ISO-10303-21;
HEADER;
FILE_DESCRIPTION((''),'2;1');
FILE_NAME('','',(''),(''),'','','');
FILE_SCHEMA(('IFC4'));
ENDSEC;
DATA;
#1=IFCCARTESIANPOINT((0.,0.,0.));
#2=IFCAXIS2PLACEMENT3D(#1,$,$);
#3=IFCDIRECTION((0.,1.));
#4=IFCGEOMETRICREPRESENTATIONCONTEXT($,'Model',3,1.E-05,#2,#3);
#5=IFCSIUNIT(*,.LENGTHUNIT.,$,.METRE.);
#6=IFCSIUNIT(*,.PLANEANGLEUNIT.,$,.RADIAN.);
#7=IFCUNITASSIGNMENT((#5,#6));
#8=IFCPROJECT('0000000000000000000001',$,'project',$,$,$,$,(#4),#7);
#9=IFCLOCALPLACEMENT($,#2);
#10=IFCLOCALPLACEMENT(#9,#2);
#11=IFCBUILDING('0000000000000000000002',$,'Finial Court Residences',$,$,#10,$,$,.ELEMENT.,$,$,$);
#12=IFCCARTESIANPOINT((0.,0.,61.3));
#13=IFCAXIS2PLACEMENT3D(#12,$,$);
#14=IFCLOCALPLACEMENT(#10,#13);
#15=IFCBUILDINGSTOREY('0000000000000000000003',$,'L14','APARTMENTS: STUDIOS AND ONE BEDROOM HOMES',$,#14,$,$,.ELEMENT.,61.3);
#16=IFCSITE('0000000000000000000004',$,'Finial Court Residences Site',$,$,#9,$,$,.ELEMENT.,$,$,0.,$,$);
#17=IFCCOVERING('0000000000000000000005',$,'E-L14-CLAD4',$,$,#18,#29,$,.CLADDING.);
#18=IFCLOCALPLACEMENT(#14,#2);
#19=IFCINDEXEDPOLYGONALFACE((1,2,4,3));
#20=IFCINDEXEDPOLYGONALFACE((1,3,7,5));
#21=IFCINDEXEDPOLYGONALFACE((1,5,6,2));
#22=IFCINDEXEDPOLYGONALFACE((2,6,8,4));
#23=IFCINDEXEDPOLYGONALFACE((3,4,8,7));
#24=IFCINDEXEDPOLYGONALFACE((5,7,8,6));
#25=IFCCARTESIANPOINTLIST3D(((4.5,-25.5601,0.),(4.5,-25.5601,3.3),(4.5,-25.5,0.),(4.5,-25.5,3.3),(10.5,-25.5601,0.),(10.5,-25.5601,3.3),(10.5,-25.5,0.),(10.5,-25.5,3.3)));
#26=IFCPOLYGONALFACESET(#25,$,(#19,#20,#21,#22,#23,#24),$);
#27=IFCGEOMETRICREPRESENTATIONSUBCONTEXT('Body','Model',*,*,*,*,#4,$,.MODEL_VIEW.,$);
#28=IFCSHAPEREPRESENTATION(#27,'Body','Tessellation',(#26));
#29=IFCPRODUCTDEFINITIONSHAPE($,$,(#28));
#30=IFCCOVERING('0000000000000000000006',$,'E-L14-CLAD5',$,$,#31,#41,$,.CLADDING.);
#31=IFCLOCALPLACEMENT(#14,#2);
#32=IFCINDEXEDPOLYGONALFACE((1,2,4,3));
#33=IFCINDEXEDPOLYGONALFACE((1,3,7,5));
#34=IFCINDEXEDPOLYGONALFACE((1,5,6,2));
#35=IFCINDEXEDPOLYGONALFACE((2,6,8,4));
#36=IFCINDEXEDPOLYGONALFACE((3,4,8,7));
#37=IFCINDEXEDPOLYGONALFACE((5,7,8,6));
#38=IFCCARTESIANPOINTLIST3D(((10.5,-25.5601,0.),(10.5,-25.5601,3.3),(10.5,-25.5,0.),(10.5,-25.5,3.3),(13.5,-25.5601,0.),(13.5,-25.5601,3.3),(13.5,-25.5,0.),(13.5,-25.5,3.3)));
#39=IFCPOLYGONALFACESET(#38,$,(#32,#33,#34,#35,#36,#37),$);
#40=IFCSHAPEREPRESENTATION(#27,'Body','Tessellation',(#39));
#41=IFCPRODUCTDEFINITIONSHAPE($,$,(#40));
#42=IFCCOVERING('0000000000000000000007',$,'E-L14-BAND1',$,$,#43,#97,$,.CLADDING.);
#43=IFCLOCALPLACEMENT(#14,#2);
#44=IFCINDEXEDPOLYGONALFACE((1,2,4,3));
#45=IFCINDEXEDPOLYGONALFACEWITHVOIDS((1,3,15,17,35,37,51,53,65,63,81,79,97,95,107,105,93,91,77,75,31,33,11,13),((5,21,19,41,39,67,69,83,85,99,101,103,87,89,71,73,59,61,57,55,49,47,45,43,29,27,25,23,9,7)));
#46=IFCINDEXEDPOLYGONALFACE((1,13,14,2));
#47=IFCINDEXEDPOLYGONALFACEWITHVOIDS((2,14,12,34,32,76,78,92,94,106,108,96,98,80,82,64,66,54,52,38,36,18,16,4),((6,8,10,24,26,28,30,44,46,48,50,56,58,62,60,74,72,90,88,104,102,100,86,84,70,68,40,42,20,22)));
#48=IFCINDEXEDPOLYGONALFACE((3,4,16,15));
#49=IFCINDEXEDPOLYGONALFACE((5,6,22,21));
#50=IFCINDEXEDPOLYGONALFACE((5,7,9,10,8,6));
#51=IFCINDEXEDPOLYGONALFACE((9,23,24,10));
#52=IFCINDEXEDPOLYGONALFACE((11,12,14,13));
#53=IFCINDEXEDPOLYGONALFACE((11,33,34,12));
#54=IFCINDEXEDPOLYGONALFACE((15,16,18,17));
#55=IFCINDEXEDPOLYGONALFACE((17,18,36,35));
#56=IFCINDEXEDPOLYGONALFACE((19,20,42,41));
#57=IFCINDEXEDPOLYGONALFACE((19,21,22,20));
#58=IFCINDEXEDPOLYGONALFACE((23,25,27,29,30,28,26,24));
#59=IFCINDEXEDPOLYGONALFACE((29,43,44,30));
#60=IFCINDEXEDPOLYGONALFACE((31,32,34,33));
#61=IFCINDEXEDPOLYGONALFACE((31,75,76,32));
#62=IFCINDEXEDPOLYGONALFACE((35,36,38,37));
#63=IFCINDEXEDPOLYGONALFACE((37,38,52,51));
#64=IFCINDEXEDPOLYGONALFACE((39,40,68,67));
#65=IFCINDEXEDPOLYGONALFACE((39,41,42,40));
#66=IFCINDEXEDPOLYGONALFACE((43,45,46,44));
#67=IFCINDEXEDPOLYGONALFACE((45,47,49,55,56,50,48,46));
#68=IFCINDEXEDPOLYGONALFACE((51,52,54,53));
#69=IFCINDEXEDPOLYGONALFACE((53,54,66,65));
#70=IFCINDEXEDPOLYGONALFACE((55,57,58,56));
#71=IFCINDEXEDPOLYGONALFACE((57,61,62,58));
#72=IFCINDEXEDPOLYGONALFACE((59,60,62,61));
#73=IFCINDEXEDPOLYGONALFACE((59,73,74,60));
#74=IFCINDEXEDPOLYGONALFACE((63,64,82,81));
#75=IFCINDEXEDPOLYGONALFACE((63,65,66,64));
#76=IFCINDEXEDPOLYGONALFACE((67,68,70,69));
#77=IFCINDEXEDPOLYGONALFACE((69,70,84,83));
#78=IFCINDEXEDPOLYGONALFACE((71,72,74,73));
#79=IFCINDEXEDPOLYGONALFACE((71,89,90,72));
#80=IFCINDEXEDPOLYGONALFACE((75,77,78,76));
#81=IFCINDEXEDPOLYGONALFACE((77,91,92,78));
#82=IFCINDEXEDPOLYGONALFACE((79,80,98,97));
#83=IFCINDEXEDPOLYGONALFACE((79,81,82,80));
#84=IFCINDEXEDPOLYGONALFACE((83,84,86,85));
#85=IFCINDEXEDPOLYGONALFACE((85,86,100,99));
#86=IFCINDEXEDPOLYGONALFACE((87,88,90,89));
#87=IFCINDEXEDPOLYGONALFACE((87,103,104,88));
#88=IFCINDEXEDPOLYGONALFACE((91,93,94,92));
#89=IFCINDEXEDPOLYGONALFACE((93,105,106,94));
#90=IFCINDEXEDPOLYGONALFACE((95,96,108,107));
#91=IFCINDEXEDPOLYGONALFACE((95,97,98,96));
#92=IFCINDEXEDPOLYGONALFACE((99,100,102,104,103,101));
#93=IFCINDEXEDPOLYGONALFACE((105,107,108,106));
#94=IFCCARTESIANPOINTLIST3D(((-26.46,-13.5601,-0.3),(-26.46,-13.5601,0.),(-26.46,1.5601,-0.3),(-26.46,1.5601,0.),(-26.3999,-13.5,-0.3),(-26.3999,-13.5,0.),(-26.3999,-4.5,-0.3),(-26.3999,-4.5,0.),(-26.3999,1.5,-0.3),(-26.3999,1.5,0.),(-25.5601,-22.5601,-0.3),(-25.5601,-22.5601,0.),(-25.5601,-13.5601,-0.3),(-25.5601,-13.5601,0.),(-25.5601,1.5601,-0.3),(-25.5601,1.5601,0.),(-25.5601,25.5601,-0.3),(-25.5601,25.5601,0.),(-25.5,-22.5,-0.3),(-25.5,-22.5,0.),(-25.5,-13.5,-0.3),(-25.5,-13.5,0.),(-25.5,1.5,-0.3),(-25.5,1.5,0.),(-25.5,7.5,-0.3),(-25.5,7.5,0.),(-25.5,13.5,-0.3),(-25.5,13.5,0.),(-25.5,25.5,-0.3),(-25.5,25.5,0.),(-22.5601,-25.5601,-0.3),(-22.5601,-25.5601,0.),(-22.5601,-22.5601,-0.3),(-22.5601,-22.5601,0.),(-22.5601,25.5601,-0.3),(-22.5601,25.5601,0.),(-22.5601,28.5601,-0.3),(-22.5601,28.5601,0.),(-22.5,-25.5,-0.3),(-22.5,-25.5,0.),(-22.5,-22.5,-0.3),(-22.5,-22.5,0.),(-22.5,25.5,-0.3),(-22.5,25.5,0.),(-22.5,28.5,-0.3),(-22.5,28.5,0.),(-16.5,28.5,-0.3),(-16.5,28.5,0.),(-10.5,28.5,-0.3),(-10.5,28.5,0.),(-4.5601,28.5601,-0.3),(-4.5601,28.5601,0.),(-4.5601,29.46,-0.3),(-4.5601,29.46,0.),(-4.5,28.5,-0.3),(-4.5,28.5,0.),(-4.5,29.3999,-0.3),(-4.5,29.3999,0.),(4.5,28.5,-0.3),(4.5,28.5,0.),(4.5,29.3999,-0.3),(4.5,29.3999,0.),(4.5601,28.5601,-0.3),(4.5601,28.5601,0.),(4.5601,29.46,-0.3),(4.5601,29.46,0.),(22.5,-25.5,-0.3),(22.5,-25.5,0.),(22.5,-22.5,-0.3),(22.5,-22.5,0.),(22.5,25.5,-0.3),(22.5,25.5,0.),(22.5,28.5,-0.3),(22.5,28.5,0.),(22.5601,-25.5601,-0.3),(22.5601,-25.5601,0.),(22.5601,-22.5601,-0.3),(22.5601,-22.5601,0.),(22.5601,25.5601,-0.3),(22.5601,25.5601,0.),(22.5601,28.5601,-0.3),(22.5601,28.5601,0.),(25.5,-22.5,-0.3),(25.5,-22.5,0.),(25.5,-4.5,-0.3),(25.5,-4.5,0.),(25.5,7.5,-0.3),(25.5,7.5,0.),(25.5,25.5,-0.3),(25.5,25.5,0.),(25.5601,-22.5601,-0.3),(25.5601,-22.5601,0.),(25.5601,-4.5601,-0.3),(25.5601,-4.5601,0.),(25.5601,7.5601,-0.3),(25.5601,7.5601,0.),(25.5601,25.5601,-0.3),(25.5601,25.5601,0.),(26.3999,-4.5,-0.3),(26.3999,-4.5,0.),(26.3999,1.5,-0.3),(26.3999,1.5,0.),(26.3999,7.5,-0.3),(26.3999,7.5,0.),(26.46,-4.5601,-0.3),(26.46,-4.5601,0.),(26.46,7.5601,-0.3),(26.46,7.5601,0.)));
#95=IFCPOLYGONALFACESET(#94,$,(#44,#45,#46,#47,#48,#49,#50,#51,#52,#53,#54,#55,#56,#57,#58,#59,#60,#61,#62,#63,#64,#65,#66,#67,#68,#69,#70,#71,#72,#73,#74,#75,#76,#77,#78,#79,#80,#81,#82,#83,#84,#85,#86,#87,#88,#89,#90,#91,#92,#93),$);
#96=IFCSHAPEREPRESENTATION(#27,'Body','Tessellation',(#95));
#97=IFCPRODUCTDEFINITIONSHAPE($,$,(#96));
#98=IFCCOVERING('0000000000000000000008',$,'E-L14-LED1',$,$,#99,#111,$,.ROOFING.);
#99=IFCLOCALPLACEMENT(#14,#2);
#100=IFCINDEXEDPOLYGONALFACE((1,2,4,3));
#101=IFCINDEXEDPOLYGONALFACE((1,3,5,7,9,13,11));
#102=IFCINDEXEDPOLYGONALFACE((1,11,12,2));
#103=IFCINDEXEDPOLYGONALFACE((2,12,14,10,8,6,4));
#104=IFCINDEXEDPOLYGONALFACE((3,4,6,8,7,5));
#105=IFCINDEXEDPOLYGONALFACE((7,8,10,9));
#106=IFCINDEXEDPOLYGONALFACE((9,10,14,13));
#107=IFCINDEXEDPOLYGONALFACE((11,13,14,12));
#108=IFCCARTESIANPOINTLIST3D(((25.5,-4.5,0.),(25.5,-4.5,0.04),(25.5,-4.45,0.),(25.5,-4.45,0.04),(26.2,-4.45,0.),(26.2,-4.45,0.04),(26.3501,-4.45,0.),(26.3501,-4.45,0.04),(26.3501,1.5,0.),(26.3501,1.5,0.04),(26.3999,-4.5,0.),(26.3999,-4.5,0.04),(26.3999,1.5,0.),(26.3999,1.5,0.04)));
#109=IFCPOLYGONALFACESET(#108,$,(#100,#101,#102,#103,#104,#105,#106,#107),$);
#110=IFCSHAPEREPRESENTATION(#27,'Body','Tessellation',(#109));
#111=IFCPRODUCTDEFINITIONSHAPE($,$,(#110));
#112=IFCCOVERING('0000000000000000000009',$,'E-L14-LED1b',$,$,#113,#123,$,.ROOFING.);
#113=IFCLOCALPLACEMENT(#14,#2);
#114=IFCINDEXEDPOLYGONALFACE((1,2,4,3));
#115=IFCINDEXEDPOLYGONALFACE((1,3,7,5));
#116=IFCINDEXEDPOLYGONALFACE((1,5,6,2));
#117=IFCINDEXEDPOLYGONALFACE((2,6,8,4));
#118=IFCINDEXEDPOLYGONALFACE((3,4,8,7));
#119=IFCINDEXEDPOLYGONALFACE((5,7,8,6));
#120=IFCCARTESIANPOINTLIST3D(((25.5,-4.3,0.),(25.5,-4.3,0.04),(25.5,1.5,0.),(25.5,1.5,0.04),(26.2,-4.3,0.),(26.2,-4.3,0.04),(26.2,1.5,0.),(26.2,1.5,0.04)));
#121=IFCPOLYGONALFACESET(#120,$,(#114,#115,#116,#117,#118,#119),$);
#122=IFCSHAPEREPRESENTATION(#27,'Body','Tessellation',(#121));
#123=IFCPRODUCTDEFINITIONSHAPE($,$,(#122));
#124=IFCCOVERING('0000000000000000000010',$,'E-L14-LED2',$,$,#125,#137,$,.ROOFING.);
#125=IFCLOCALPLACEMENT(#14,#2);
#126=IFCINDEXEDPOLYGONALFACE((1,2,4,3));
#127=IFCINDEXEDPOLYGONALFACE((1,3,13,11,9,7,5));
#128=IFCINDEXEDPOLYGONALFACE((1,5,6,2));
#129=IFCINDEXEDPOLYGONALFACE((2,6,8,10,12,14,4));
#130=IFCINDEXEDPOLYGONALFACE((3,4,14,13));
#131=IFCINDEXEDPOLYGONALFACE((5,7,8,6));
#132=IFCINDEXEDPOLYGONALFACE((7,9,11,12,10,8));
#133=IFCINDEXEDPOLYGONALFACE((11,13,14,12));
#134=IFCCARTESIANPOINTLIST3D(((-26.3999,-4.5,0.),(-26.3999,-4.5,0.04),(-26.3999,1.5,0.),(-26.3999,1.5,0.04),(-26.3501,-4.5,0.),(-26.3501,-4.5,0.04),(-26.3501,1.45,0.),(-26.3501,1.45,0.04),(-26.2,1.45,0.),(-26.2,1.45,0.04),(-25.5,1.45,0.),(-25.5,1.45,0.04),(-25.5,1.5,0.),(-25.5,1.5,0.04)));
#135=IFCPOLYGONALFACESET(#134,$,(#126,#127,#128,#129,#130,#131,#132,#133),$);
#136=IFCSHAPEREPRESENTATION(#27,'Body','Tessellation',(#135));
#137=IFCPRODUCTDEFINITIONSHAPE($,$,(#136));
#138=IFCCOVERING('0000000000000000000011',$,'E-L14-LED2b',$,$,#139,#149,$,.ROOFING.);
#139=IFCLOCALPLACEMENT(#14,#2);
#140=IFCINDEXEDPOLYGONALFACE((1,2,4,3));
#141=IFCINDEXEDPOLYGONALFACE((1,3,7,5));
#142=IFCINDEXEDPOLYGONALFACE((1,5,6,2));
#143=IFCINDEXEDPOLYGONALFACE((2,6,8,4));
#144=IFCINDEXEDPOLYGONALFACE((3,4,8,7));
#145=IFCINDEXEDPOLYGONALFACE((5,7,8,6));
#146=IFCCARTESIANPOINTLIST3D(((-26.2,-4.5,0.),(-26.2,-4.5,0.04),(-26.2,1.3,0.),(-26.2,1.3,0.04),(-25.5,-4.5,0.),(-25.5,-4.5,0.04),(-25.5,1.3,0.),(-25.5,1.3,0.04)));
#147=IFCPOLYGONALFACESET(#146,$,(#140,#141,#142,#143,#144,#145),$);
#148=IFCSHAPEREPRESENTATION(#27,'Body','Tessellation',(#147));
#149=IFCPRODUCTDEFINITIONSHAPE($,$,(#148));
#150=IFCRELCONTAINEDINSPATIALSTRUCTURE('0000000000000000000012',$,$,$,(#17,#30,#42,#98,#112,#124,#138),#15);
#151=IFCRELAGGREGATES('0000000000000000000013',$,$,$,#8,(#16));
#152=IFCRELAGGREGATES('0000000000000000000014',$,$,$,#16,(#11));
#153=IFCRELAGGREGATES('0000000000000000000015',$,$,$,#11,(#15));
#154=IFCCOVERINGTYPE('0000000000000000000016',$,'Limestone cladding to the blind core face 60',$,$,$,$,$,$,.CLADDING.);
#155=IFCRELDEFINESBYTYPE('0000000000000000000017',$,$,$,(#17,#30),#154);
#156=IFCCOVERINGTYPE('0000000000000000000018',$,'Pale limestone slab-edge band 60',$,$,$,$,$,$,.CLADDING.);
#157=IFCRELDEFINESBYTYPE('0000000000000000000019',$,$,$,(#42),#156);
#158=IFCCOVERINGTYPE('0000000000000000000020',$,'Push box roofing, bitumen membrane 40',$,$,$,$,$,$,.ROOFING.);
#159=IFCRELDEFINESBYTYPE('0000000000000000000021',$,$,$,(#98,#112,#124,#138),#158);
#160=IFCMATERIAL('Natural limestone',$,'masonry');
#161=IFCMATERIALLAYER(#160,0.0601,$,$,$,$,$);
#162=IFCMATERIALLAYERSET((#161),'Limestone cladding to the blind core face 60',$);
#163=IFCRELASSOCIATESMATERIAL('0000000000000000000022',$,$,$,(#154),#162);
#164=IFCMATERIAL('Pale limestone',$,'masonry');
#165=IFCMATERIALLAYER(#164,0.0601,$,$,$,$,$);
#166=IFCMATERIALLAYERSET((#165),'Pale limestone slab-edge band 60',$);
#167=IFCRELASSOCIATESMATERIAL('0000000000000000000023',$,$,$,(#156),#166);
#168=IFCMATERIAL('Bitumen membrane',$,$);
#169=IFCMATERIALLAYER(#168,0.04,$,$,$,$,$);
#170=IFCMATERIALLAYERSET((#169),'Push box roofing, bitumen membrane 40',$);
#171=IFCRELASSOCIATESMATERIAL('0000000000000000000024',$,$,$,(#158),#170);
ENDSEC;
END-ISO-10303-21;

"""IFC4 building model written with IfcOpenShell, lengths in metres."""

from ifc_helpers import new_model, si_unit, direction, frame, origin, place, context, subcontext, project, spatial, polyline, outline, extrude, material, layer, layer_set, type_object, element, save


model = new_model("IFC4")

# Units and contexts
model_context = context("Model", 3, precision=1e-05, world=origin(), true_north=direction((0.0, 1.0)))
body_context = subcontext(model_context, "Body", "Model", "MODEL_VIEW")
ifc_project = project(units=[si_unit("LENGTHUNIT", "METRE"), si_unit("PLANEANGLEUNIT", "RADIAN")], contexts=[model_context])

# Site, building, storey
site_placement = place(None, origin())
site = spatial("IfcSite", under=ifc_project, at=site_placement, Name="Finial Court Residences Site", CompositionType="ELEMENT", RefElevation=0.0)
building_placement = place(site_placement, origin())
building = spatial("IfcBuilding", under=site, at=building_placement, Name="Finial Court Residences", CompositionType="ELEMENT")
storey_placement = place(building_placement, frame((0.0, 0.0, 61.3)))
storey = spatial("IfcBuildingStorey", under=building, at=storey_placement, Name="L14", Description="APARTMENTS: STUDIOS AND ONE BEDROOM HOMES", CompositionType="ELEMENT", Elevation=61.3)

# Coverings
ifc_material_1 = material(Name="Natural limestone", Category="masonry")
ifc_layer_1 = layer(ifc_material_1, 0.0601)
ifc_layer_set_1 = layer_set([ifc_layer_1], Name="Limestone cladding to the blind core face 60")
covering_type_1 = type_object("IfcCoveringType", Name="Limestone cladding to the blind core face 60", PredefinedType="CLADDING", material=ifc_layer_set_1)
covering_1_placement = place(storey_placement, origin())
element("IfcCovering", 1, at=covering_1_placement, inside=storey, type_object=covering_type_1, Name="E-L14-CLAD4", PredefinedType="CLADDING", context=body_context, shape_type="SweptSolid", body=[
    extrude(outline(polyline([(10.5, -25.5601), (10.5, -25.5), (4.5, -25.5), (4.5, -25.5601), (10.5, -25.5601)])), origin(), (0.0, 0.0, 1.0), 3.3),
])
covering_2_placement = place(storey_placement, origin())
element("IfcCovering", 2, at=covering_2_placement, inside=storey, type_object=covering_type_1, Name="E-L14-CLAD5", PredefinedType="CLADDING", context=body_context, shape_type="SweptSolid", body=[
    extrude(outline(polyline([(13.5, -25.5601), (13.5, -25.5), (10.5, -25.5), (10.5, -25.5601), (13.5, -25.5601)])), origin(), (0.0, 0.0, 1.0), 3.3),
])
ifc_material_2 = material(Name="Pale limestone", Category="masonry")
ifc_layer_2 = layer(ifc_material_2, 0.0601)
ifc_layer_set_2 = layer_set([ifc_layer_2], Name="Pale limestone slab-edge band 60")
covering_type_2 = type_object("IfcCoveringType", Name="Pale limestone slab-edge band 60", PredefinedType="CLADDING", material=ifc_layer_set_2)
covering_3_placement = place(storey_placement, frame((0.0, 0.0, -0.3)))
element("IfcCovering", 3, at=covering_3_placement, inside=storey, type_object=covering_type_2, Name="E-L14-BAND1", PredefinedType="CLADDING", context=body_context, shape_type="SweptSolid", body=[
    extrude(outline(polyline([(-25.5601, 1.5601), (-25.5601, 25.5601), (-22.5601, 25.5601), (-22.5601, 28.5601), (-4.5601, 28.5601), (-4.5601, 29.46), (4.5601, 29.46), (4.5601, 28.5601), (22.5601, 28.5601), (22.5601, 25.5601), (25.5601, 25.5601), (25.5601, 7.5601), (26.46, 7.5601), (26.46, -4.5601), (25.5601, -4.5601), (25.5601, -22.5601), (22.5601, -22.5601), (22.5601, -25.5601), (-22.5601, -25.5601), (-22.5601, -22.5601), (-25.5601, -22.5601), (-25.5601, -13.5601), (-26.46, -13.5601), (-26.46, 1.5601), (-25.5601, 1.5601)]), holes=[polyline([(-26.3999, -4.5), (-26.3999, -13.5), (-25.5, -13.5), (-25.5, -22.5), (-22.5, -22.5), (-22.5, -25.5), (22.5, -25.5), (22.5, -22.5), (25.5, -22.5), (25.5, -4.5), (26.3999, -4.5), (26.3999, 1.5), (26.3999, 7.5), (25.5, 7.5), (25.5, 25.5), (22.5, 25.5), (22.5, 28.5), (4.5, 28.5), (4.5, 29.3999), (-4.5, 29.3999), (-4.5, 28.5), (-10.5, 28.5), (-16.5, 28.5), (-22.5, 28.5), (-22.5, 25.5), (-25.5, 25.5), (-25.5, 13.5), (-25.5, 7.5), (-25.5, 1.5), (-26.3999, 1.5), (-26.3999, -4.5)])]), origin(), (0.0, 0.0, 1.0), 0.3),
])
ifc_material_3 = material(Name="Bitumen membrane")
ifc_layer_3 = layer(ifc_material_3, 0.04)
ifc_layer_set_3 = layer_set([ifc_layer_3], Name="Push box roofing, bitumen membrane 40")
covering_type_3 = type_object("IfcCoveringType", Name="Push box roofing, bitumen membrane 40", PredefinedType="ROOFING", material=ifc_layer_set_3)
covering_4_placement = place(storey_placement, origin())
element("IfcCovering", 4, at=covering_4_placement, inside=storey, type_object=covering_type_3, Name="E-L14-LED1", PredefinedType="ROOFING", context=body_context, shape_type="SweptSolid", body=[
    extrude(outline(polyline([(25.5, -4.45), (26.2, -4.45), (26.3501, -4.45), (26.3501, 1.5), (26.3999, 1.5), (26.3999, -4.5), (25.5, -4.5), (25.5, -4.45)])), origin(), (0.0, 0.0, 1.0), 0.04),
])
covering_5_placement = place(storey_placement, origin())
element("IfcCovering", 5, at=covering_5_placement, inside=storey, type_object=covering_type_3, Name="E-L14-LED1b", PredefinedType="ROOFING", context=body_context, shape_type="SweptSolid", body=[
    extrude(outline(polyline([(25.5, 1.5), (26.2, 1.5), (26.2, -4.3), (25.5, -4.3), (25.5, 1.5)])), origin(), (0.0, 0.0, 1.0), 0.04),
])
covering_6_placement = place(storey_placement, origin())
element("IfcCovering", 6, at=covering_6_placement, inside=storey, type_object=covering_type_3, Name="E-L14-LED2", PredefinedType="ROOFING", context=body_context, shape_type="SweptSolid", body=[
    extrude(outline(polyline([(-25.5, 1.45), (-26.2, 1.45), (-26.3501, 1.45), (-26.3501, -4.5), (-26.3999, -4.5), (-26.3999, 1.5), (-25.5, 1.5), (-25.5, 1.45)])), origin(), (0.0, 0.0, 1.0), 0.04),
])
covering_7_placement = place(storey_placement, origin())
element("IfcCovering", 7, at=covering_7_placement, inside=storey, type_object=covering_type_3, Name="E-L14-LED2b", PredefinedType="ROOFING", context=body_context, shape_type="SweptSolid", body=[
    extrude(outline(polyline([(-25.5, -4.5), (-26.2, -4.5), (-26.2, 1.3), (-25.5, 1.3), (-25.5, -4.5)])), origin(), (0.0, 0.0, 1.0), 0.04),
])

save(model, "model.ifc")
